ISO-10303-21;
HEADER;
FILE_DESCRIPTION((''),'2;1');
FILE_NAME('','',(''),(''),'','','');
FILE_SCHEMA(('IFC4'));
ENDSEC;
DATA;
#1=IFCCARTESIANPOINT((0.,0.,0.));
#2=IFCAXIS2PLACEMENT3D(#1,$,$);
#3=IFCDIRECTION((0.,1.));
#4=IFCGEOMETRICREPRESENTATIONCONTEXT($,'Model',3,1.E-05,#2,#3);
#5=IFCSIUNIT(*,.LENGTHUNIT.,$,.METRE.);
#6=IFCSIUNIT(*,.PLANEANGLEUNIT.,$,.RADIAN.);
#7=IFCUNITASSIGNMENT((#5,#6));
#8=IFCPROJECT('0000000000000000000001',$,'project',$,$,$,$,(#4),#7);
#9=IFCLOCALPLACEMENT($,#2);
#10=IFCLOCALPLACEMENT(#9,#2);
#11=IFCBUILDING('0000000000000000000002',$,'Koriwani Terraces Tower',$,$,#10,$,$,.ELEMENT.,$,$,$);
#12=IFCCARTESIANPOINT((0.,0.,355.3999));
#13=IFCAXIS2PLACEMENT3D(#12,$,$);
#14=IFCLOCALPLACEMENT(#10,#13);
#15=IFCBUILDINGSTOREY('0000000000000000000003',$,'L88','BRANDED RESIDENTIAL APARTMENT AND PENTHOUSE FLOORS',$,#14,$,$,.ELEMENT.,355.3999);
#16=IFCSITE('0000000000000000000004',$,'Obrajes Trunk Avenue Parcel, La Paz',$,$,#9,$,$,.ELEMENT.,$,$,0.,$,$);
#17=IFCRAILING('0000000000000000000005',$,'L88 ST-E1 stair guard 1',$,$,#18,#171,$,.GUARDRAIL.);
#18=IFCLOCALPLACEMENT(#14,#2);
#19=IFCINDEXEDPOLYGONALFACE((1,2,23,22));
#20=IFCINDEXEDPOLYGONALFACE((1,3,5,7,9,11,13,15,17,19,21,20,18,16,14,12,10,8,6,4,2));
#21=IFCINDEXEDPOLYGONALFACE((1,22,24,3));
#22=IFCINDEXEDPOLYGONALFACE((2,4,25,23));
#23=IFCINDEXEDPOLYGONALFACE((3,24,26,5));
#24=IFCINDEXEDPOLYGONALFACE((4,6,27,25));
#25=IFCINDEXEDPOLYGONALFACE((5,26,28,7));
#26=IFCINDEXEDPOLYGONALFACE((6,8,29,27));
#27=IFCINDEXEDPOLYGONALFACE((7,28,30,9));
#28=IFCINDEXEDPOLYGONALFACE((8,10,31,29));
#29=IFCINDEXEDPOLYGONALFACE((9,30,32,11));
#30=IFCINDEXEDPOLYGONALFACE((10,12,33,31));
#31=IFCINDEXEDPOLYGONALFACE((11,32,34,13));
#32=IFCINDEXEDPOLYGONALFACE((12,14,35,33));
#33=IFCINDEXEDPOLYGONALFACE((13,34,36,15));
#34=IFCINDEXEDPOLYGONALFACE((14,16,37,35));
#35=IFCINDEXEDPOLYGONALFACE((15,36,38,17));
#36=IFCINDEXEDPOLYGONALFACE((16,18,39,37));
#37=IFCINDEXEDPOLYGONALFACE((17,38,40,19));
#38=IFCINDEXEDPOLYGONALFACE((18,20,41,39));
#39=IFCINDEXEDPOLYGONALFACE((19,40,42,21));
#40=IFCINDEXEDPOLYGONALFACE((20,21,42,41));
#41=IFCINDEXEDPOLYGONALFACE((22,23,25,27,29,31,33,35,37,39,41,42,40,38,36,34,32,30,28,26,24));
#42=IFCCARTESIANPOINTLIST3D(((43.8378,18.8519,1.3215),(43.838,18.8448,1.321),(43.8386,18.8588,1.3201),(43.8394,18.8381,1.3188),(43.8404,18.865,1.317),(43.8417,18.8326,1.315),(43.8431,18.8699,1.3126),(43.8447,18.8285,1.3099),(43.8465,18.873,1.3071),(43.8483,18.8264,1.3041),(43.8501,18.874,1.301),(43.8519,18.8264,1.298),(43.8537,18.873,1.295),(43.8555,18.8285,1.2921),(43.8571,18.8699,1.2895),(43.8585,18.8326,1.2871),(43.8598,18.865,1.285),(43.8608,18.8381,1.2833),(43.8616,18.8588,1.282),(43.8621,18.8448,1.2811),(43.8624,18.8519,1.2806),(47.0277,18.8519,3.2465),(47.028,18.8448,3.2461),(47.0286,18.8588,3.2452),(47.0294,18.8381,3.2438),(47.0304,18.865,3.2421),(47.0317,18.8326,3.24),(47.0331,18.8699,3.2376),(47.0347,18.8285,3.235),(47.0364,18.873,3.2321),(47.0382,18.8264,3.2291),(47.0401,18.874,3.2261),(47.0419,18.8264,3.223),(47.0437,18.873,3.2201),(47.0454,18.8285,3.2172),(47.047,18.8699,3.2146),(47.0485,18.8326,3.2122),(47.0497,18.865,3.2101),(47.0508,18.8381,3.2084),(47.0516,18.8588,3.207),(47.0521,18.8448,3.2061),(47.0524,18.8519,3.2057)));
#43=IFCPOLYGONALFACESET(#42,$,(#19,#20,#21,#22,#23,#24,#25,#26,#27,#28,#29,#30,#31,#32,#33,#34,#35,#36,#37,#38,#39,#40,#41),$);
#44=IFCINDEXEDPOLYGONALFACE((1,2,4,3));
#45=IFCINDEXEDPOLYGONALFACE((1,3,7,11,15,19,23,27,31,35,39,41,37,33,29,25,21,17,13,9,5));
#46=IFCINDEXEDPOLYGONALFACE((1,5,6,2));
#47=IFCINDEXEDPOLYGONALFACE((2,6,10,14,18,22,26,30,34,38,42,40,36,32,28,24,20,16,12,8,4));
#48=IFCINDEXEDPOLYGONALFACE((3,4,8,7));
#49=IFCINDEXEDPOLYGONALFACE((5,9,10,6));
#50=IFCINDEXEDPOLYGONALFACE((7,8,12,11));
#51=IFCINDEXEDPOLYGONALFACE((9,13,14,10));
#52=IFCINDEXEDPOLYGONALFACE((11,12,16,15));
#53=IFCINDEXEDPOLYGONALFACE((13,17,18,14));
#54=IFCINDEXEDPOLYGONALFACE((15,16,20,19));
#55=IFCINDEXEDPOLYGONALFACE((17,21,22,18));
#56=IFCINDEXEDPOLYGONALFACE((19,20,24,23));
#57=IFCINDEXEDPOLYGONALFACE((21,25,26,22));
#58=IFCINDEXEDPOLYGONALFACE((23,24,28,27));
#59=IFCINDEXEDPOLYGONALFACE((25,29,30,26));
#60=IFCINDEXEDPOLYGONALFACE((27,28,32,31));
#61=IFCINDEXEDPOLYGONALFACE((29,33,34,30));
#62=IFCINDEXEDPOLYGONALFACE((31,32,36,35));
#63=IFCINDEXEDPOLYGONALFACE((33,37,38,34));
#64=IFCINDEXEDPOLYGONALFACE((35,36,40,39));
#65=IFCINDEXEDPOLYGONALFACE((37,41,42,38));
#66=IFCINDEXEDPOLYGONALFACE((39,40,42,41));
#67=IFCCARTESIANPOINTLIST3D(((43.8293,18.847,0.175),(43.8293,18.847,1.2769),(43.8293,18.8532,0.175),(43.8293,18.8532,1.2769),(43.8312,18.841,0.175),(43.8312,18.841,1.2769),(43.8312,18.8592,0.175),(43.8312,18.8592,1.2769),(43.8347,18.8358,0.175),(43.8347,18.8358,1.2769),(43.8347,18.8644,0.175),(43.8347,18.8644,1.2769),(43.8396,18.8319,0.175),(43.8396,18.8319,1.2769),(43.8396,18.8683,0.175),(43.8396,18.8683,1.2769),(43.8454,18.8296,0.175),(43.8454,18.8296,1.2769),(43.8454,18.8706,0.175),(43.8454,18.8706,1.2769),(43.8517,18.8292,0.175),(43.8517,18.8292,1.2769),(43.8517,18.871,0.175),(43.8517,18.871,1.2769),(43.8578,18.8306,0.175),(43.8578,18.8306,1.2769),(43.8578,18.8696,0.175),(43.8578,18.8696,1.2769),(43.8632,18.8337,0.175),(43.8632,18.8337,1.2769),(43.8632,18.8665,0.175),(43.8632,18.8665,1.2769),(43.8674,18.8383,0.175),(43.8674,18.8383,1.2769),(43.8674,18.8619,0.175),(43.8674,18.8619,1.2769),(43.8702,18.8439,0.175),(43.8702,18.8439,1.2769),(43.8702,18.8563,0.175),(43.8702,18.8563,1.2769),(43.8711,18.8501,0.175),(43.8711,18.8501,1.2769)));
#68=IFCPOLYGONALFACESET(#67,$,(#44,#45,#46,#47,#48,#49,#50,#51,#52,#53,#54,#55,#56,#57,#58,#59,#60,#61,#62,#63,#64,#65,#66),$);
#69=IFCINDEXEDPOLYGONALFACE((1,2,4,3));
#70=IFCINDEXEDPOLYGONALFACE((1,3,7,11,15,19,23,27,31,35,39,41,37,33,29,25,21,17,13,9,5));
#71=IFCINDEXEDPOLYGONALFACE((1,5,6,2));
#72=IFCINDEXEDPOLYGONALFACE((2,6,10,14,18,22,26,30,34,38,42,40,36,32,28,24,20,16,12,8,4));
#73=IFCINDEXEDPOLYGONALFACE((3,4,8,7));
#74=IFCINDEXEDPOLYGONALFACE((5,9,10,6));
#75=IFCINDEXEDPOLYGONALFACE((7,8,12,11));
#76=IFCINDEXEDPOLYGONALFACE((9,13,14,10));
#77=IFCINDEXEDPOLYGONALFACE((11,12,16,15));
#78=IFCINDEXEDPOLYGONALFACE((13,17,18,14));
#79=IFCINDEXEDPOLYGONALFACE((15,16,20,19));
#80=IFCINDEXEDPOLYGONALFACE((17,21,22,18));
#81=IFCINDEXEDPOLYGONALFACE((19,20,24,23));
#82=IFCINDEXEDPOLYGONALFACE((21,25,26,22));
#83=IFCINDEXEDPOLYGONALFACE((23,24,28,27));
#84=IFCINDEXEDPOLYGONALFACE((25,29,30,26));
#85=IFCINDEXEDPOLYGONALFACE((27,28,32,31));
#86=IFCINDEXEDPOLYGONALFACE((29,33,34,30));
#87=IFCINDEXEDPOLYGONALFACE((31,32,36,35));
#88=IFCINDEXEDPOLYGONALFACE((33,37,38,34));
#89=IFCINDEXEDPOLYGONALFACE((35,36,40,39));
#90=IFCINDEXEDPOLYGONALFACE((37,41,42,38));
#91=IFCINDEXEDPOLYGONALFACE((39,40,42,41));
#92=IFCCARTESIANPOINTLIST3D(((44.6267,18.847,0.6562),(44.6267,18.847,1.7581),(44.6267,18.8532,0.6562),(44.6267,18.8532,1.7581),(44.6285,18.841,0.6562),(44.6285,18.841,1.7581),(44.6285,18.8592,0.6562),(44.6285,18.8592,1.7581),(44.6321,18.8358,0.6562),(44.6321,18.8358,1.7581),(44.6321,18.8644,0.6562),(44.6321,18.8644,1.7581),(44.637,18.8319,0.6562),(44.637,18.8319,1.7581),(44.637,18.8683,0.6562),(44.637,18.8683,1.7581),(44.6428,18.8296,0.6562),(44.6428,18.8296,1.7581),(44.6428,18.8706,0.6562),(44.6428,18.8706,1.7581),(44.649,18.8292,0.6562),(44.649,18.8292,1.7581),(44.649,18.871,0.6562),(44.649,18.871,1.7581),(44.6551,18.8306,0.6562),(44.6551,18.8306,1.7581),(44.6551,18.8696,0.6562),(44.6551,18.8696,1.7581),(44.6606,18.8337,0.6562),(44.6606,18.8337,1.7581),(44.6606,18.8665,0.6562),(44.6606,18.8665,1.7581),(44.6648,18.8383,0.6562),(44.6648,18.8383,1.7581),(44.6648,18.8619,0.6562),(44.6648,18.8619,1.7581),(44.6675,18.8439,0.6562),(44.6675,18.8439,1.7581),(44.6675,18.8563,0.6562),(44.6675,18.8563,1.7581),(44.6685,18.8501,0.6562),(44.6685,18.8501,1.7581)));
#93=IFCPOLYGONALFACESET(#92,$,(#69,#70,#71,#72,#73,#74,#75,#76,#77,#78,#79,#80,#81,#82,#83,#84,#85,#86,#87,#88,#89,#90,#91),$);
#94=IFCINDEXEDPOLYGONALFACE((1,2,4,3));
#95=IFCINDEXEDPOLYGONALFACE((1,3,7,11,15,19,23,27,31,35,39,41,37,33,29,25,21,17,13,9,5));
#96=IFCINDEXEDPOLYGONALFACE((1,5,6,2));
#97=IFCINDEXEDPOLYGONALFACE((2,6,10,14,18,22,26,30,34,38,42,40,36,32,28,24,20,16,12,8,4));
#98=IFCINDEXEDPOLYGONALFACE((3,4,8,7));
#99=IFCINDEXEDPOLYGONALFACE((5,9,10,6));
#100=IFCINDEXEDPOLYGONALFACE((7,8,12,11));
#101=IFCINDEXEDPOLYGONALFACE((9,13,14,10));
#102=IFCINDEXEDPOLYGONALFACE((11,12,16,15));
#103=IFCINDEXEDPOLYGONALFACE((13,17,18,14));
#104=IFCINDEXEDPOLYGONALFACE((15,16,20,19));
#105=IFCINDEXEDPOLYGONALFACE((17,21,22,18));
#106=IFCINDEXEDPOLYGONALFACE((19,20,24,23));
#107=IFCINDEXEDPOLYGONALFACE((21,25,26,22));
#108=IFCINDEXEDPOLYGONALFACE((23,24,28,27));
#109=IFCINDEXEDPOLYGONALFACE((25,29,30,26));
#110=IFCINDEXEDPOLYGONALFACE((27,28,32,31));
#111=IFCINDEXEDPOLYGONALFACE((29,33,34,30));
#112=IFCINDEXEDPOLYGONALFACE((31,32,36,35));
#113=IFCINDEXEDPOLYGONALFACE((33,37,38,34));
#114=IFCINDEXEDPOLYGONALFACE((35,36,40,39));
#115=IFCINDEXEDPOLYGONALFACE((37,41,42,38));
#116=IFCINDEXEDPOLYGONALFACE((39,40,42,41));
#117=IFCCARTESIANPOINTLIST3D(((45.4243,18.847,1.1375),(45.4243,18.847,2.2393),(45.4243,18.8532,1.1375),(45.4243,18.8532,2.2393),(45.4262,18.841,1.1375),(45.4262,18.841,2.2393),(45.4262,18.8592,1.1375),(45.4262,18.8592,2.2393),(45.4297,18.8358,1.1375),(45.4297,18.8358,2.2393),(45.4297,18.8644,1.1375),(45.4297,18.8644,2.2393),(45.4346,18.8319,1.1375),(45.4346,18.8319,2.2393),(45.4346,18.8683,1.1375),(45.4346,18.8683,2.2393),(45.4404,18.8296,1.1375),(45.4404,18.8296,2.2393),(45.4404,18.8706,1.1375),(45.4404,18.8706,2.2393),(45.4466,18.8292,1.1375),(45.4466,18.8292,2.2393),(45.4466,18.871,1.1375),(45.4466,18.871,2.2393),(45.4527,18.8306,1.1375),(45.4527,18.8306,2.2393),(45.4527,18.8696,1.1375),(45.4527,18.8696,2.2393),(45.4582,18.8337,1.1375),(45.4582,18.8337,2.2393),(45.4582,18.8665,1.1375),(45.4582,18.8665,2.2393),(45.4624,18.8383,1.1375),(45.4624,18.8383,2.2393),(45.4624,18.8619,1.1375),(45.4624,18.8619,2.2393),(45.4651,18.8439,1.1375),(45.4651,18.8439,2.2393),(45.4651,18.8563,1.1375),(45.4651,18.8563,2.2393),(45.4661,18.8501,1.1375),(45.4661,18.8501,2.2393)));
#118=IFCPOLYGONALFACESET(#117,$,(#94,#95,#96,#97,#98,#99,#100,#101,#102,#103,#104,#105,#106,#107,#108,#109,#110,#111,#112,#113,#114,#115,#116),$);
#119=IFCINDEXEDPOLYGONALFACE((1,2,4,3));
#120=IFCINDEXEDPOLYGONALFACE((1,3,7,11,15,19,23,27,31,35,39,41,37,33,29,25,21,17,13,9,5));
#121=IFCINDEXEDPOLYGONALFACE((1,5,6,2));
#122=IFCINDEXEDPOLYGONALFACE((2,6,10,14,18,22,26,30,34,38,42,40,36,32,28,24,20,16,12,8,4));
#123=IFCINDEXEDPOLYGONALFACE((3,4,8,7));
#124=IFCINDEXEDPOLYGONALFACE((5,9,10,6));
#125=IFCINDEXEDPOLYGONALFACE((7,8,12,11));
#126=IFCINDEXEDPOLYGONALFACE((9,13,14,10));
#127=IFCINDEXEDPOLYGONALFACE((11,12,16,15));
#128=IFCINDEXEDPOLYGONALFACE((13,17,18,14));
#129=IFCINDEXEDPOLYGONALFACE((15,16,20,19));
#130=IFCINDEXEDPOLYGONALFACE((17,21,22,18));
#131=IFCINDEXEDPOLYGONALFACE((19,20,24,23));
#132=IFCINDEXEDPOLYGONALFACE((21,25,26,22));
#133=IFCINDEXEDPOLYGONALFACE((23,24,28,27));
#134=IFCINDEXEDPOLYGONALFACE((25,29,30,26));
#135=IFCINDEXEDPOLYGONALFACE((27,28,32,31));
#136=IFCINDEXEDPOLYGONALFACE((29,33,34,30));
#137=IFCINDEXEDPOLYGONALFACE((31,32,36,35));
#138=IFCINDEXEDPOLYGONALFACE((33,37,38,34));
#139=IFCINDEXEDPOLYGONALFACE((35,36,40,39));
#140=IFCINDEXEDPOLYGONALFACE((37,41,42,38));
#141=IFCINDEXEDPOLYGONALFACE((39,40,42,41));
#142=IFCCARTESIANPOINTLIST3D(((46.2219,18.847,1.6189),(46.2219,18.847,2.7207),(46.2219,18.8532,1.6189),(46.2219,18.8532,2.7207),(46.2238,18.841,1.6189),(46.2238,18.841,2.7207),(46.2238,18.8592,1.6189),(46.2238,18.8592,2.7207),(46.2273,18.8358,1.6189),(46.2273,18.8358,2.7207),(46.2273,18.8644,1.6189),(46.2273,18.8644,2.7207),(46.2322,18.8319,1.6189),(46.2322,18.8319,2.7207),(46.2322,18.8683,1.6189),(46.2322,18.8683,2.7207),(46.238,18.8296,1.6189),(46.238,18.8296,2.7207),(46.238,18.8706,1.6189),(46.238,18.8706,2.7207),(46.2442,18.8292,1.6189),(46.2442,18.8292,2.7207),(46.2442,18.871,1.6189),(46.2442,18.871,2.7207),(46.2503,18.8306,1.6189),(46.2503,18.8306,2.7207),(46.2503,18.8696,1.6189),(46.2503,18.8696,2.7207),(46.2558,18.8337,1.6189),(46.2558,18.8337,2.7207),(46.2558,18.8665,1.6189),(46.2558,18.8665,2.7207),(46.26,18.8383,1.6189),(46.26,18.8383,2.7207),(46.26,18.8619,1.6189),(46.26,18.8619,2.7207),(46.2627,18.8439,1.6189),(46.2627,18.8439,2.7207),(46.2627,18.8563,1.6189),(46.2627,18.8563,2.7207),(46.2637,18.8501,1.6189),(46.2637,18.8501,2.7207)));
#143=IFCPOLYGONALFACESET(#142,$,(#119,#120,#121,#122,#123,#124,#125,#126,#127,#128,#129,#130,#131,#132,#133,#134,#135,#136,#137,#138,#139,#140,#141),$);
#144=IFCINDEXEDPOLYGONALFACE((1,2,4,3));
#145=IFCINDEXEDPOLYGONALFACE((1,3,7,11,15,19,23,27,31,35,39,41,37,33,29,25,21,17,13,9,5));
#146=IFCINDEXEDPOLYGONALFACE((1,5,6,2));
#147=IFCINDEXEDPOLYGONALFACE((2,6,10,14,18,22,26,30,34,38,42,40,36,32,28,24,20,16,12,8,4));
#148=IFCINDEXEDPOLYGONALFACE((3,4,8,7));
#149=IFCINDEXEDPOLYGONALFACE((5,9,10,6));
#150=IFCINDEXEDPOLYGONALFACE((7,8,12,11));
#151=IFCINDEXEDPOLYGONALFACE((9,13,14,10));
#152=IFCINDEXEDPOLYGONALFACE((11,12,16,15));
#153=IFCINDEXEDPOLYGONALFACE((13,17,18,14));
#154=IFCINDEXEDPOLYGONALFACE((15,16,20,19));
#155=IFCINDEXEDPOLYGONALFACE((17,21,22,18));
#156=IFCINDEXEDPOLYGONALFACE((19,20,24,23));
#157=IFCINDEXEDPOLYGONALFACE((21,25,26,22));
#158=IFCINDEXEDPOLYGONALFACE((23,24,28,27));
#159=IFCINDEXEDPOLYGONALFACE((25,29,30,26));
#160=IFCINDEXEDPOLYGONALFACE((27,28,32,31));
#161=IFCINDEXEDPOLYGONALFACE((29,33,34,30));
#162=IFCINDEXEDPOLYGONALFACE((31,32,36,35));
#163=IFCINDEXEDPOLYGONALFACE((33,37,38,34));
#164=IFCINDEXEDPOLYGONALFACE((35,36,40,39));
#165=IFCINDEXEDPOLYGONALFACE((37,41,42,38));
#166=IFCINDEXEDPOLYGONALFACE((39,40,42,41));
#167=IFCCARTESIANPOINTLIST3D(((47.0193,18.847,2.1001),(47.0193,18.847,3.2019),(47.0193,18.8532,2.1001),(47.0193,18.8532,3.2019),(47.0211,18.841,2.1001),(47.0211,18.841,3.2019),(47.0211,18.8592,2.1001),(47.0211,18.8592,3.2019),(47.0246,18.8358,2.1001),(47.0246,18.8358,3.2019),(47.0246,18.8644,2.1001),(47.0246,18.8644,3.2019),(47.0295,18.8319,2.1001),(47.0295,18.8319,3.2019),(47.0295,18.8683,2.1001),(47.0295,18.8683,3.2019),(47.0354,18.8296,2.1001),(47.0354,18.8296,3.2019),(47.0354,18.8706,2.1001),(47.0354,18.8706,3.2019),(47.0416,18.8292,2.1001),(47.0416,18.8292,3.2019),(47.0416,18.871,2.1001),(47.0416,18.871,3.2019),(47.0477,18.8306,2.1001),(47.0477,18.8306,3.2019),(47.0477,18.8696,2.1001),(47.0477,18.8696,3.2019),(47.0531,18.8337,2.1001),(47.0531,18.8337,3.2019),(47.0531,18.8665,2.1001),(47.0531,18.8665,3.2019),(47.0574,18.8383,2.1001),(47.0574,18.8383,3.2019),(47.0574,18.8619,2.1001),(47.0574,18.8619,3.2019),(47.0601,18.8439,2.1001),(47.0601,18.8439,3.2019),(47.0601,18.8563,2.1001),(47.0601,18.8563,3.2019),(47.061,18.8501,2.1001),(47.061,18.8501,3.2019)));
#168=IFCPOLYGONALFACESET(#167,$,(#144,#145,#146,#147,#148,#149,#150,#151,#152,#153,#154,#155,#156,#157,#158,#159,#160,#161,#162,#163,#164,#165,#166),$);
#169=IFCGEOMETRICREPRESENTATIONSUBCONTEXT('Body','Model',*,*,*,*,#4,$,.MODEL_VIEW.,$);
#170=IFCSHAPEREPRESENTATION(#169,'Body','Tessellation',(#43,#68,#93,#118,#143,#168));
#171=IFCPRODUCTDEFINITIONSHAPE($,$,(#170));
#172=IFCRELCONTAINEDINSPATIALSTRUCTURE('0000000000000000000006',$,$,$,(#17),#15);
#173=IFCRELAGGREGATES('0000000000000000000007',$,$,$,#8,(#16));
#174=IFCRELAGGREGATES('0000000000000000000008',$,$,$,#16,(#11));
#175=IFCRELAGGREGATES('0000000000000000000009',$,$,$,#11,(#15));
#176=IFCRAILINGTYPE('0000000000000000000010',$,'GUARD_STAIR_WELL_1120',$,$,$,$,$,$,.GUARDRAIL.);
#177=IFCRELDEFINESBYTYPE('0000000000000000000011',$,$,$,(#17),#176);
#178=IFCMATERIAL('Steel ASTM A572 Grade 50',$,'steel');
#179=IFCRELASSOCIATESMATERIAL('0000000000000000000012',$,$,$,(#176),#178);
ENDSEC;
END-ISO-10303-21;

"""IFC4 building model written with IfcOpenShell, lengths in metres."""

from ifc_helpers import new_model, si_unit, direction, frame, origin, origin_2d, place, context, subcontext, project, spatial, circle, extrude, material, type_object, element, save


model = new_model("IFC4")

# Units and contexts
model_context = context("Model", 3, precision=1e-05, world=origin(), true_north=direction((0.0, 1.0)))
body_context = subcontext(model_context, "Body", "Model", "MODEL_VIEW")
ifc_project = project(units=[si_unit("LENGTHUNIT", "METRE"), si_unit("PLANEANGLEUNIT", "RADIAN")], contexts=[model_context])

# Site, building, storey
site_placement = place(None, origin())
site = spatial("IfcSite", under=ifc_project, at=site_placement, Name="Obrajes Trunk Avenue Parcel, La Paz", CompositionType="ELEMENT", RefElevation=0.0)
building_placement = place(site_placement, origin())
building = spatial("IfcBuilding", under=site, at=building_placement, Name="Koriwani Terraces Tower", CompositionType="ELEMENT")
storey_placement = place(building_placement, frame((0.0, 0.0, 355.3999)))
storey = spatial("IfcBuildingStorey", under=building, at=storey_placement, Name="L88", Description="BRANDED RESIDENTIAL APARTMENT AND PENTHOUSE FLOORS", CompositionType="ELEMENT", Elevation=355.3999)

# Shared definitions
ifc_material_1 = material(Name="Steel ASTM A572 Grade 50", Category="steel")

# Railing
railing_type_1 = type_object("IfcRailingType", Name="GUARD_STAIR_WELL_1120", PredefinedType="GUARDRAIL", material=ifc_material_1)
railing_1_placement = place(storey_placement, frame((43.8501, 18.8501, 0.175)))
element("IfcRailing", 1, at=railing_1_placement, inside=storey, type_object=railing_type_1, Name="L88 ST-E1 stair guard 1", PredefinedType="GUARDRAIL", context=body_context, shape_type="SweptSolid", body=[
    extrude(circle(Radius=0.0239, at=origin_2d()), frame((0.0, 0.0, 1.126), z_axis=(0.856178, 0.0, 0.516682), x_axis=(0.0, 1.0, 0.0)), (0.0, 0.0, 1.0), 3.7258),
    extrude(circle(Radius=0.021, at=origin_2d()), origin(), (0.0, 0.0, 1.0), 1.1018),
    extrude(circle(Radius=0.021, at=origin_2d()), frame((0.7974, 0.0, 0.4812)), (0.0, 0.0, 1.0), 1.1018),
    extrude(circle(Radius=0.021, at=origin_2d()), frame((1.595, 0.0, 0.9624)), (0.0, 0.0, 1.0), 1.1018),
    extrude(circle(Radius=0.021, at=origin_2d()), frame((2.3926, 0.0, 1.4438)), (0.0, 0.0, 1.0), 1.1018),
    extrude(circle(Radius=0.021, at=origin_2d()), frame((3.1899, 0.0, 1.925)), (0.0, 0.0, 1.0), 1.1018),
])

save(model, "model.ifc")
